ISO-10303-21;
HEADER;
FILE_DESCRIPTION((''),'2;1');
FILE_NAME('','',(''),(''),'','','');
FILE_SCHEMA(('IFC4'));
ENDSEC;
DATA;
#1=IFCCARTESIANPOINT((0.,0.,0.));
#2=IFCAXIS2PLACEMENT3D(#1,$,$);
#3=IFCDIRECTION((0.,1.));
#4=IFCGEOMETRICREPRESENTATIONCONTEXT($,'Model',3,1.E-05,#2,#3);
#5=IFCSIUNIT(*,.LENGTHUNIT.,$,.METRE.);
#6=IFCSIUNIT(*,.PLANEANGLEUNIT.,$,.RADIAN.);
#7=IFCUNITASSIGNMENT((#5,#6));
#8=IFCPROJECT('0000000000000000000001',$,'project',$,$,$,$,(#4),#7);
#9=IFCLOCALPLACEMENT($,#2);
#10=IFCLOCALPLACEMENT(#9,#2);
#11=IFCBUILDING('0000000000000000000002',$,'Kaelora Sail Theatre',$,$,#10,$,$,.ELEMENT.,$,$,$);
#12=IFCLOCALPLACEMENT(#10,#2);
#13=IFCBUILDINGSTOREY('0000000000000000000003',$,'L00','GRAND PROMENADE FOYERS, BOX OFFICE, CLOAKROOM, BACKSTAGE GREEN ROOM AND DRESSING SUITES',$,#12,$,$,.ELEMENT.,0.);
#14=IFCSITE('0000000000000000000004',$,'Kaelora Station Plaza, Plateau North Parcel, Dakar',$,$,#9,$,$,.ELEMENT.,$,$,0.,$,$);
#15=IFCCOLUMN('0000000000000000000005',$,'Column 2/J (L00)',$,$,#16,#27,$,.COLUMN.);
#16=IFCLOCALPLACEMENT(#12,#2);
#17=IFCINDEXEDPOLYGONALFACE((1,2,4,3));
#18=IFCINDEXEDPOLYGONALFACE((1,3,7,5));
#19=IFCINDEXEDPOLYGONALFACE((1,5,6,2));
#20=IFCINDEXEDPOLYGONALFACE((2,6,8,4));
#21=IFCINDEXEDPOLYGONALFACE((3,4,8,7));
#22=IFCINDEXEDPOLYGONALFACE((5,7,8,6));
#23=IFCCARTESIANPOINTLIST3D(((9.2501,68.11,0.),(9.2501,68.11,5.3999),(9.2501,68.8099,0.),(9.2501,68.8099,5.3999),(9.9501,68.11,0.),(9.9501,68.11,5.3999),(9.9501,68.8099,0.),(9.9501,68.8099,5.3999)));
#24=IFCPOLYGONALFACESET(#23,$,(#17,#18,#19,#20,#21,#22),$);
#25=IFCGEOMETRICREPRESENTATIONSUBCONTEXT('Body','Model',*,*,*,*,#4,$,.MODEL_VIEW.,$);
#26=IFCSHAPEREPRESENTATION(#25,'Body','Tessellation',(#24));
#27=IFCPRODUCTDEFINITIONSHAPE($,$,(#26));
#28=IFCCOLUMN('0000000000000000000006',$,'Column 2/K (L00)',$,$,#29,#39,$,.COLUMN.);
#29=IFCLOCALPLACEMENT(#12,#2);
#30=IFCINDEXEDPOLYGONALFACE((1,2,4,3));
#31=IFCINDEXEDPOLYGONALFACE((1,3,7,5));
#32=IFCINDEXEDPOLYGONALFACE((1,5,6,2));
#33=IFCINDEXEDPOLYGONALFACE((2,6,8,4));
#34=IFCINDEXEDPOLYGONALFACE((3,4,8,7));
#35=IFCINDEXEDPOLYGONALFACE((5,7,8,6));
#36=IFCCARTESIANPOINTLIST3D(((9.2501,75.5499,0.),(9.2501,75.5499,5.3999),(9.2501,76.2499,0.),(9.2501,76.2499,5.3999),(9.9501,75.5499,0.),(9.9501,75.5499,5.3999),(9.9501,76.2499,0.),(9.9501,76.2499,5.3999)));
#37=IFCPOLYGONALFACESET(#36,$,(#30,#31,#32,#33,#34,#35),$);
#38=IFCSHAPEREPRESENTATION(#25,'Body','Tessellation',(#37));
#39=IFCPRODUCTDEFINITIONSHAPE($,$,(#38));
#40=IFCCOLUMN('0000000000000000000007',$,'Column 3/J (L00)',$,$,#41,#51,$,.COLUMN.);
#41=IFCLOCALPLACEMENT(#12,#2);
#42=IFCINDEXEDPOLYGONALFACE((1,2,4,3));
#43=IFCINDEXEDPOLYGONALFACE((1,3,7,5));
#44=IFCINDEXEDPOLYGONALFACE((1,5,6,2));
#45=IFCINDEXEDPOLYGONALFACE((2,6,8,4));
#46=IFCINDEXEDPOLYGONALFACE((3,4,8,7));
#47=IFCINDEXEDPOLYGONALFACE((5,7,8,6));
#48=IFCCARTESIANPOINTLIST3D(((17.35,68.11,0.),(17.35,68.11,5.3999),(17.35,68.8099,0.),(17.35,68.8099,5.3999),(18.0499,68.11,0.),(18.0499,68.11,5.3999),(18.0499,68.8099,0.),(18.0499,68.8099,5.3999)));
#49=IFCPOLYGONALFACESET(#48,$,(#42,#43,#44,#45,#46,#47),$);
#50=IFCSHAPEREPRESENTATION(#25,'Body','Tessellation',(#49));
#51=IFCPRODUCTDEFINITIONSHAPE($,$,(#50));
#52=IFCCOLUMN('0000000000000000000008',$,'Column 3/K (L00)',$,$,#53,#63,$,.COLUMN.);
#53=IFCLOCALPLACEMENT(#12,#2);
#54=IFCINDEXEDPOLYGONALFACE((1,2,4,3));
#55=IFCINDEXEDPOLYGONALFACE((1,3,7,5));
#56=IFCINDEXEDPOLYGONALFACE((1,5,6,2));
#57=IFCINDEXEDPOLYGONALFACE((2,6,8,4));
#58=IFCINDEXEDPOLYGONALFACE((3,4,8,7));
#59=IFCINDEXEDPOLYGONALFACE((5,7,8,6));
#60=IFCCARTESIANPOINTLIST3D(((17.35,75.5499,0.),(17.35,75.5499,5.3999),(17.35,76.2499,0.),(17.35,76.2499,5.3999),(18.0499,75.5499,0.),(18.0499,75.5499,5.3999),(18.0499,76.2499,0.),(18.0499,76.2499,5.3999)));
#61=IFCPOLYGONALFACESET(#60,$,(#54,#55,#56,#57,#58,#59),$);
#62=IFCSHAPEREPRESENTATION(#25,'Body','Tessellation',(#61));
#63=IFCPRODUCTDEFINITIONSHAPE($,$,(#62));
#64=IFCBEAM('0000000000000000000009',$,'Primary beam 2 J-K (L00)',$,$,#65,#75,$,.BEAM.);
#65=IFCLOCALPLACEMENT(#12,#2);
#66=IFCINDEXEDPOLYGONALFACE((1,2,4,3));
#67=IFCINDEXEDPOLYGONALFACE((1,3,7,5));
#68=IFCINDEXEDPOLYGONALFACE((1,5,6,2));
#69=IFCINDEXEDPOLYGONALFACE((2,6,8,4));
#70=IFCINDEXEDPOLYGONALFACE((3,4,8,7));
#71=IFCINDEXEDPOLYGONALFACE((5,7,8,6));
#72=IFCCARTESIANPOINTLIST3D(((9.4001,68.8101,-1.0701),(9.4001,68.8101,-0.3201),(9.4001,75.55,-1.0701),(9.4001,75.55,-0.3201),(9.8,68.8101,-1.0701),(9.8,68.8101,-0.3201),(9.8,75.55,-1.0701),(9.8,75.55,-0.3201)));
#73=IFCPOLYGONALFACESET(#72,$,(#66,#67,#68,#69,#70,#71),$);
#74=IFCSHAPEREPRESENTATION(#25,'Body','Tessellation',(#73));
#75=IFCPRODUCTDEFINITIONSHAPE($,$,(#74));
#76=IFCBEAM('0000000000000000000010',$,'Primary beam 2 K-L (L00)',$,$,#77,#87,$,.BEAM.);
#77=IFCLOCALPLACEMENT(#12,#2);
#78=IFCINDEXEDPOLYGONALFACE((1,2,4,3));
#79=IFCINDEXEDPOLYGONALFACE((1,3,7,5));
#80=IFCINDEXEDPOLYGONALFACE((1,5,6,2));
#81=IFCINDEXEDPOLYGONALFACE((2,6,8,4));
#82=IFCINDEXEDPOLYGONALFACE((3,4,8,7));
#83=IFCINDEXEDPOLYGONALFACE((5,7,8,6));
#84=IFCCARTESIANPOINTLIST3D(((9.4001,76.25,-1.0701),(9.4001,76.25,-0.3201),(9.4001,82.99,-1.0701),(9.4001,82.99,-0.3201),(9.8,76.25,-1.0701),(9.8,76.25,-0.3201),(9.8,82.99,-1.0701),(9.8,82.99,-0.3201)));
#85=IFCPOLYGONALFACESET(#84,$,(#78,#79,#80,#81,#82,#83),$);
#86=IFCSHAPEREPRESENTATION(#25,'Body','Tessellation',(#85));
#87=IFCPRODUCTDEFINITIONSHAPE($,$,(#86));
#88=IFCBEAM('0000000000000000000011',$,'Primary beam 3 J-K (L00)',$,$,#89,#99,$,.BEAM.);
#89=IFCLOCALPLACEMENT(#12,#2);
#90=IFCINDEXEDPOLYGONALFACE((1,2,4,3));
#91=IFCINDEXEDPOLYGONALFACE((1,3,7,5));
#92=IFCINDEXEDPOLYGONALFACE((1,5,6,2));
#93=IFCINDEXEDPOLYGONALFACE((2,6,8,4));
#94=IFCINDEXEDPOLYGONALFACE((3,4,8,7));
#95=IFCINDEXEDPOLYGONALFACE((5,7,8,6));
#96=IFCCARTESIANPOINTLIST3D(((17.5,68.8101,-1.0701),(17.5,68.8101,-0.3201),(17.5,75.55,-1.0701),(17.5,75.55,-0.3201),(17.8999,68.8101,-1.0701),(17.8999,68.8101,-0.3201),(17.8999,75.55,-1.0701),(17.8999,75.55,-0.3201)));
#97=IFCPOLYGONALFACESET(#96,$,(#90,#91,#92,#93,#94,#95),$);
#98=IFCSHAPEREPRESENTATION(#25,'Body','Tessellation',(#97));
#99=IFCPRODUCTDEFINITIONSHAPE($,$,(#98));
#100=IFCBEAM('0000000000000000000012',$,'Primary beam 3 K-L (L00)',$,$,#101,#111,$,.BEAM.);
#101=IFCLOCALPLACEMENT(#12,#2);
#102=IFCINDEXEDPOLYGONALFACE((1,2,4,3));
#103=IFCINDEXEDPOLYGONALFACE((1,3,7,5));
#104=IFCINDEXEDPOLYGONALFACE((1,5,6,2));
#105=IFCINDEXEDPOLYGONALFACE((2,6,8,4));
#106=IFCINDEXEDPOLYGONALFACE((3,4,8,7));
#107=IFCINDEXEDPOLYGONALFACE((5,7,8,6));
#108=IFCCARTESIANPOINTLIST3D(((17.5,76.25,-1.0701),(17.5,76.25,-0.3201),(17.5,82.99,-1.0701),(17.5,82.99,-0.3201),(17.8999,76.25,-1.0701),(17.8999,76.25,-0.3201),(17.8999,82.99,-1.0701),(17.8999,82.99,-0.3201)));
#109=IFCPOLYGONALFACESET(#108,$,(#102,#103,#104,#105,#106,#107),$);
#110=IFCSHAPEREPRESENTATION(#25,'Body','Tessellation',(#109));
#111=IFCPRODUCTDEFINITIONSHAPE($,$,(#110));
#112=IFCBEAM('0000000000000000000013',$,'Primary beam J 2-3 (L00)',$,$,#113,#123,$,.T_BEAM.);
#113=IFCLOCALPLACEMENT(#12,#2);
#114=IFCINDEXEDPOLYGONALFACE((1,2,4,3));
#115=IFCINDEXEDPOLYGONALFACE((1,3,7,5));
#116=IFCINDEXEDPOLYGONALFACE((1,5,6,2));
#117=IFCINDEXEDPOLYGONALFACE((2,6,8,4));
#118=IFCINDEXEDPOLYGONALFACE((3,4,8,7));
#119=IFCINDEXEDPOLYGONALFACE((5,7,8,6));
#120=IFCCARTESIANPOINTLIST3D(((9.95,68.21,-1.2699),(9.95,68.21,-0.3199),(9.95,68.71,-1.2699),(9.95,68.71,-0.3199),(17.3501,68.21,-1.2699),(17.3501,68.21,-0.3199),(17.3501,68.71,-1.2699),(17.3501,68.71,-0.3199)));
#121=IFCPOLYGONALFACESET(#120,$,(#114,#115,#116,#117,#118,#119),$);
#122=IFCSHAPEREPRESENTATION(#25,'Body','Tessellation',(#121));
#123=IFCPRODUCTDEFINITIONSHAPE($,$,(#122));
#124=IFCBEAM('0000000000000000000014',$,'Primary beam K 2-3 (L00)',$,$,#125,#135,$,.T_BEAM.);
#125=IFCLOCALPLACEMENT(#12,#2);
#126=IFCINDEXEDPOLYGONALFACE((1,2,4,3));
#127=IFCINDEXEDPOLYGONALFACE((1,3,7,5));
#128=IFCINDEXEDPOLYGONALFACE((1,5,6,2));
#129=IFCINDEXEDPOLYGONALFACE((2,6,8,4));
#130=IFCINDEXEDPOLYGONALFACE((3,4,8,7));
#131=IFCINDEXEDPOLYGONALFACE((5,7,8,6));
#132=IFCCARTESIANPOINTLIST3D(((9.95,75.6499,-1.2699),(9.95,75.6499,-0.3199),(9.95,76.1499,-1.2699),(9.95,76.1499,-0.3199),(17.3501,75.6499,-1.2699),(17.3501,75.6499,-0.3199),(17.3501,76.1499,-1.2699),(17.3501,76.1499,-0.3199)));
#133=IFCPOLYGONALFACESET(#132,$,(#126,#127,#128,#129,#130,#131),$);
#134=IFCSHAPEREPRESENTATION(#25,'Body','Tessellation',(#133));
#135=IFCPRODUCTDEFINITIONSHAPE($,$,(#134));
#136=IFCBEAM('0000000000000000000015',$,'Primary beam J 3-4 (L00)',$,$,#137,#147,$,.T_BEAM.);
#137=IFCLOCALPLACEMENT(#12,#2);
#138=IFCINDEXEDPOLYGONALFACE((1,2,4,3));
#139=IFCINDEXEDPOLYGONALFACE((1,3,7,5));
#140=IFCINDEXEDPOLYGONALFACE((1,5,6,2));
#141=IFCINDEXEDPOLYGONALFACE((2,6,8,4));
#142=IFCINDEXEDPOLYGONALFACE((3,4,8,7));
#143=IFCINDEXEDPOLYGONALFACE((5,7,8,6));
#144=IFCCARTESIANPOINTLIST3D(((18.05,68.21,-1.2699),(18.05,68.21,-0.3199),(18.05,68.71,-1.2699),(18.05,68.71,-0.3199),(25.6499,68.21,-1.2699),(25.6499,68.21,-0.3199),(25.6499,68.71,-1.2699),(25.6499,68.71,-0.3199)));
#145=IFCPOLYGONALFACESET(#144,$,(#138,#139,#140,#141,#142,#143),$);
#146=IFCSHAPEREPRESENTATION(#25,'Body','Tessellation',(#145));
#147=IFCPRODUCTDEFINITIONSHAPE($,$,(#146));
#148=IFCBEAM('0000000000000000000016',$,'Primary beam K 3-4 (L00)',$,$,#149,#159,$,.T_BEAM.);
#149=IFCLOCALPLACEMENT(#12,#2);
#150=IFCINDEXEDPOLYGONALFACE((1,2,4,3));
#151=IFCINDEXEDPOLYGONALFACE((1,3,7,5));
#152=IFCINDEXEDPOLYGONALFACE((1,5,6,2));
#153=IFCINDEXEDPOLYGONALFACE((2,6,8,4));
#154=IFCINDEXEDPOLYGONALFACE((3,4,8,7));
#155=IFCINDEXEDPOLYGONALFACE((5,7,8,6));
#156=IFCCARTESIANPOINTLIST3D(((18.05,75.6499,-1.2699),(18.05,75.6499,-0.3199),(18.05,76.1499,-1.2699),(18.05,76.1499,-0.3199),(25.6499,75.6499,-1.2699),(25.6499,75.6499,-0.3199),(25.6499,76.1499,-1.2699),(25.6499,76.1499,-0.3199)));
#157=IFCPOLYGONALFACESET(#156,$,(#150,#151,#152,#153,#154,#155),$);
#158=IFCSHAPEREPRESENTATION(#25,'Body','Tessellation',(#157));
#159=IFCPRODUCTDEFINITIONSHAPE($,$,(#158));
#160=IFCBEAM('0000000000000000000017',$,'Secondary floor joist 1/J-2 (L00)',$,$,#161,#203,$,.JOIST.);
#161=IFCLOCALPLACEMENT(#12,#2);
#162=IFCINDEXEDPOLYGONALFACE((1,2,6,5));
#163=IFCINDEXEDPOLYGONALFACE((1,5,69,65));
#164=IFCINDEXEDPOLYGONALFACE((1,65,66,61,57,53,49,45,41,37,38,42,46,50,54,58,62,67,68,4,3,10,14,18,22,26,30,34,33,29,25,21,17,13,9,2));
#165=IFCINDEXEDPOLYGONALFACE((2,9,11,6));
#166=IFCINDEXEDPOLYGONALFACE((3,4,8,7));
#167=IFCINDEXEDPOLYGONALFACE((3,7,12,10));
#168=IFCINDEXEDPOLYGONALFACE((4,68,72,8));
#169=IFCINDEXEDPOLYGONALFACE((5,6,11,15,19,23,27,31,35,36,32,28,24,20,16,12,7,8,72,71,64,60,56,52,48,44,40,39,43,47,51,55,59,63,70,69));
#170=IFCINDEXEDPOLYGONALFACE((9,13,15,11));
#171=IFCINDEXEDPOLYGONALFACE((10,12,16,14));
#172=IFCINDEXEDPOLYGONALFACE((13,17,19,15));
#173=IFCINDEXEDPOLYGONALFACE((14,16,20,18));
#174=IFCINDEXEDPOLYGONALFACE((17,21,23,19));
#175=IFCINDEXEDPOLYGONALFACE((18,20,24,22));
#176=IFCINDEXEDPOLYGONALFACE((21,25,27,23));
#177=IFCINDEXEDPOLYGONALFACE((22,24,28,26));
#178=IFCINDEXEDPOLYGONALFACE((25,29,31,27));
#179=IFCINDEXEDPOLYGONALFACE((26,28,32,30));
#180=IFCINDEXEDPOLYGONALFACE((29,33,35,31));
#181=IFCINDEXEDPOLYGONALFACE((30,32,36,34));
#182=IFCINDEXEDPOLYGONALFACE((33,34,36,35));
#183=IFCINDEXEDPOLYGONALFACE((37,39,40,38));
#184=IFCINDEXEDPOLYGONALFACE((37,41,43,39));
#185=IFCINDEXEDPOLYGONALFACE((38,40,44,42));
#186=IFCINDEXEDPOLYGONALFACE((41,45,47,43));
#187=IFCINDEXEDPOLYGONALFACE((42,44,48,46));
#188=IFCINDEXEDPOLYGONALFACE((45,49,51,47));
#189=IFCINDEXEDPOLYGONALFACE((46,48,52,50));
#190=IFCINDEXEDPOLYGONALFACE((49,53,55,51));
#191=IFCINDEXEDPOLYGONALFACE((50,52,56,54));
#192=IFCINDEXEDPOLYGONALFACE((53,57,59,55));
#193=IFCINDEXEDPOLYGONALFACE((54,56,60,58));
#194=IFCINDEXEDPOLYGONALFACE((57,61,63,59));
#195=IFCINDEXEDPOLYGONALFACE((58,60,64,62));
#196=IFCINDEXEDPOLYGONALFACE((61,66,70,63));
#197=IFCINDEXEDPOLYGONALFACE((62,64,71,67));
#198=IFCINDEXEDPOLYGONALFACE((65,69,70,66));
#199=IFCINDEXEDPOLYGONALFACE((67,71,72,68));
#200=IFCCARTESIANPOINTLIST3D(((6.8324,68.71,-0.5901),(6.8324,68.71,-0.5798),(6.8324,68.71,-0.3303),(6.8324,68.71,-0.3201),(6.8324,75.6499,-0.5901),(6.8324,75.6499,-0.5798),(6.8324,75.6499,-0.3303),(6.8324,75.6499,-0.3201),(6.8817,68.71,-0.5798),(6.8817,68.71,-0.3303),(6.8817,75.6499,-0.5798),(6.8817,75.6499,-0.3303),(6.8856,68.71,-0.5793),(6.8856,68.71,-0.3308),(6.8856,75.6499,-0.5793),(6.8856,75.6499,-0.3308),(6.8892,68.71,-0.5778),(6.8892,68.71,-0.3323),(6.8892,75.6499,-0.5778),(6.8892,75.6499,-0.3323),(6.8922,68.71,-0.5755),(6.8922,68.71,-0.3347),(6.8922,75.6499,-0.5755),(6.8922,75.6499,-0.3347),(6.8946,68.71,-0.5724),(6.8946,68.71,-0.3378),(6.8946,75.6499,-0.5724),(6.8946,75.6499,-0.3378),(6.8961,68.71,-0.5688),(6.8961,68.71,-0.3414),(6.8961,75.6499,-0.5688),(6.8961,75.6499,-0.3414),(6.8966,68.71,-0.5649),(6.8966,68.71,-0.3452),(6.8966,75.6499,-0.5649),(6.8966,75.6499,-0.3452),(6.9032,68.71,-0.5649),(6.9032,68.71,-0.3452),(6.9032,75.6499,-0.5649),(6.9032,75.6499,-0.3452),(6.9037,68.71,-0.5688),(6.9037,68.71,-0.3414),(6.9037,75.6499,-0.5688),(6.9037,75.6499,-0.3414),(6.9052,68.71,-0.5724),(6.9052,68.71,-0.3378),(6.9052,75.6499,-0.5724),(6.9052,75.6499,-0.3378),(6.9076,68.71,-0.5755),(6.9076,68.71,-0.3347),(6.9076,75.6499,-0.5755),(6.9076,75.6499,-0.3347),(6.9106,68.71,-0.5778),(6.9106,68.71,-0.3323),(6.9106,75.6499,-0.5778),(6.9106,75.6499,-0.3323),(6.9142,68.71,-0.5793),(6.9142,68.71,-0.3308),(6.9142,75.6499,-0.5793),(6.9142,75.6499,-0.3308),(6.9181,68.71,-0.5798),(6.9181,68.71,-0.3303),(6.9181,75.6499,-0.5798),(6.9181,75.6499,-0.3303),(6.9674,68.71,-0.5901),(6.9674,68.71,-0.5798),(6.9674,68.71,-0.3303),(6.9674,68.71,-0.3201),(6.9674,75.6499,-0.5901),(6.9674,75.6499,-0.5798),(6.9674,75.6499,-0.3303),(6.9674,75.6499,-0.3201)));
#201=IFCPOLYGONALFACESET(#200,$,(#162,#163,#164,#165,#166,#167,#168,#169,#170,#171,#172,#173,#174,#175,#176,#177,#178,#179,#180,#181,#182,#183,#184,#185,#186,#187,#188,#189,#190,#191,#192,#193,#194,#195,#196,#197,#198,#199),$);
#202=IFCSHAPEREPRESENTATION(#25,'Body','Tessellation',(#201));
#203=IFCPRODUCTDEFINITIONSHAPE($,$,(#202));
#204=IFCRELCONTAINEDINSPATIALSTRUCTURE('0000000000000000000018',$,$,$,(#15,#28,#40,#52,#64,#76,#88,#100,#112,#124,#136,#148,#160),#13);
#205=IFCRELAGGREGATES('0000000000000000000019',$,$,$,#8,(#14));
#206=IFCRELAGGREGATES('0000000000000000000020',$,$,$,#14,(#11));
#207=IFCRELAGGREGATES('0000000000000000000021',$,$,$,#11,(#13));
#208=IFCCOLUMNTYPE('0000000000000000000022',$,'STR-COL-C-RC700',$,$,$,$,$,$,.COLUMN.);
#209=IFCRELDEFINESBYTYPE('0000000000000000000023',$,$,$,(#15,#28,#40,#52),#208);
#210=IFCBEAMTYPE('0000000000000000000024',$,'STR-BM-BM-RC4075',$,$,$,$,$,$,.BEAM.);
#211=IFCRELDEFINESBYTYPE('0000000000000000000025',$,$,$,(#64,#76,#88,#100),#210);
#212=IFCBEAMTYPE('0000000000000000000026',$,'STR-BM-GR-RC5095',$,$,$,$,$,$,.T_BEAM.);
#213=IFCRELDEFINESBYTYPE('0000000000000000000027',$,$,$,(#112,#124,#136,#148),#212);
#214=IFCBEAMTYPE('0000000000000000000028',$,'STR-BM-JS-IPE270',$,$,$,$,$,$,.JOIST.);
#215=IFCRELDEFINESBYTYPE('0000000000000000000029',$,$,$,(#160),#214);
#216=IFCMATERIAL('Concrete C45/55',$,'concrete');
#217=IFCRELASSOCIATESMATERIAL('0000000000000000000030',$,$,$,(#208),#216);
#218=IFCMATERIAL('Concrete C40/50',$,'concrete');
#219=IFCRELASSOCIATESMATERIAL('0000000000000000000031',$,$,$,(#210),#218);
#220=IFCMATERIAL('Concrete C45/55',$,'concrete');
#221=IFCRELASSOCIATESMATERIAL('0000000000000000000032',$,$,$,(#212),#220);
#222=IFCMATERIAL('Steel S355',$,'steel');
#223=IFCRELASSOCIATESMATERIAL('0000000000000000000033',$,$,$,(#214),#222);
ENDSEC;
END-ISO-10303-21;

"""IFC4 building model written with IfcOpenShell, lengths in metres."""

from ifc_helpers import new_model, si_unit, direction, frame, origin, origin_2d, place, context, subcontext, project, spatial, rectangle, i_section, extrude, material, material_profile, profile_set, type_object, element, save


model = new_model("IFC4")

# Units and contexts
model_context = context("Model", 3, precision=1e-05, world=origin(), true_north=direction((0.0, 1.0)))
body_context = subcontext(model_context, "Body", "Model", "MODEL_VIEW")
ifc_project = project(units=[si_unit("LENGTHUNIT", "METRE"), si_unit("PLANEANGLEUNIT", "RADIAN")], contexts=[model_context])

# Site, building, storey
site_placement = place(None, origin())
site = spatial("IfcSite", under=ifc_project, at=site_placement, Name="Kaelora Station Plaza, Plateau North Parcel, Dakar", CompositionType="ELEMENT", RefElevation=0.0)
building_placement = place(site_placement, origin())
building = spatial("IfcBuilding", under=site, at=building_placement, Name="Kaelora Sail Theatre", CompositionType="ELEMENT")
storey_placement = place(building_placement, origin())
storey = spatial("IfcBuildingStorey", under=building, at=storey_placement, Name="L00", Description="GRAND PROMENADE FOYERS, BOX OFFICE, CLOAKROOM, BACKSTAGE GREEN ROOM AND DRESSING SUITES", CompositionType="ELEMENT", Elevation=0.0)

# Columns
ifc_material_1 = material(Name="Concrete C45/55", Category="concrete")
ifc_material_profile_1 = material_profile(ifc_material_1, rectangle(XDim=0.7, YDim=0.7, at=origin_2d()), Name="RC-COL 700x700")
ifc_profile_set_1 = profile_set([ifc_material_profile_1], Name="Concrete C45/55")
column_type = type_object("IfcColumnType", Name="STR-COL-C-RC700", PredefinedType="COLUMN", material=ifc_profile_set_1)
for number, where, z_axis, x_axis, name in (
    (1, (9.6001, 68.46, 0.0), (0.0, 0.0, 1.0), (1.0, 0.0, 0.0), "Column 2/J (L00)"),
    (2, (9.6001, 75.8999, 0.0), (0.0, 0.0, 1.0), (1.0, 0.0, 0.0), "Column 2/K (L00)"),
    (3, (17.7, 68.46, 0.0), (0.0, 0.0, 1.0), (1.0, 0.0, 0.0), "Column 3/J (L00)"),
    (4, (17.7, 75.8999, 0.0), (0.0, 0.0, 1.0), (1.0, 0.0, 0.0), "Column 3/K (L00)"),
):
    element("IfcColumn", number, at=place(storey_placement, frame(where, z_axis=z_axis, x_axis=x_axis)), inside=storey, type_object=column_type, Name=name, PredefinedType="COLUMN", context=body_context, shape_type="SweptSolid", body=[
        extrude(rectangle(XDim=0.7, YDim=0.7, at=origin_2d()), origin(), (0.0, 0.0, 1.0), 5.3999),
    ])

# Beams
ifc_material_2 = material(Name="Concrete C40/50", Category="concrete")
ifc_material_profile_2 = material_profile(ifc_material_2, rectangle(XDim=0.3999, YDim=0.75, at=origin_2d()), Name="RC-BM 400x750")
ifc_profile_set_2 = profile_set([ifc_material_profile_2], Name="Concrete C40/50")
beam_type_1 = type_object("IfcBeamType", Name="STR-BM-BM-RC4075", PredefinedType="BEAM", material=ifc_profile_set_2)
for number, where, z_axis, x_axis, name in (
    (5, (9.6001, 68.8101, -0.6951), (0.0, 1.0, 0.0), (-1.0, 0.0, 0.0), "Primary beam 2 J-K (L00)"),
    (6, (9.6001, 76.25, -0.6951), (0.0, 1.0, 0.0), (-1.0, 0.0, 0.0), "Primary beam 2 K-L (L00)"),
    (7, (17.7, 68.8101, -0.6951), (0.0, 1.0, 0.0), (-1.0, 0.0, 0.0), "Primary beam 3 J-K (L00)"),
    (8, (17.7, 76.25, -0.6951), (0.0, 1.0, 0.0), (-1.0, 0.0, 0.0), "Primary beam 3 K-L (L00)"),
):
    element("IfcBeam", number, at=place(storey_placement, frame(where, z_axis=z_axis, x_axis=x_axis)), inside=storey, type_object=beam_type_1, Name=name, PredefinedType="BEAM", context=body_context, shape_type="SweptSolid", body=[
        extrude(rectangle(XDim=0.3999, YDim=0.75, at=origin_2d()), origin(), (0.0, 0.0, 1.0), 6.74),
    ])
ifc_material_3 = material(Name="Concrete C45/55", Category="concrete")
ifc_material_profile_3 = material_profile(ifc_material_3, rectangle(XDim=0.5, YDim=0.95, at=origin_2d()), Name="RC-GRD 500x950")
ifc_profile_set_3 = profile_set([ifc_material_profile_3], Name="Concrete C45/55")
beam_type_2 = type_object("IfcBeamType", Name="STR-BM-GR-RC5095", PredefinedType="T_BEAM", material=ifc_profile_set_3)
for number, where, z_axis, x_axis, name in (
    (9, (9.95, 68.46, -0.7949), (1.0, 0.0, 0.0), (0.0, 1.0, 0.0), "Primary beam J 2-3 (L00)"),
    (10, (9.95, 75.8999, -0.7949), (1.0, 0.0, 0.0), (0.0, 1.0, 0.0), "Primary beam K 2-3 (L00)"),
):
    element("IfcBeam", number, at=place(storey_placement, frame(where, z_axis=z_axis, x_axis=x_axis)), inside=storey, type_object=beam_type_2, Name=name, PredefinedType="T_BEAM", context=body_context, shape_type="SweptSolid", body=[
        extrude(rectangle(XDim=0.5, YDim=0.95, at=origin_2d()), origin(), (0.0, 0.0, 1.0), 7.4001),
    ])
for number, where, z_axis, x_axis, name in (
    (11, (18.05, 68.46, -0.7949), (1.0, 0.0, 0.0), (0.0, 1.0, 0.0), "Primary beam J 3-4 (L00)"),
    (12, (18.05, 75.8999, -0.7949), (1.0, 0.0, 0.0), (0.0, 1.0, 0.0), "Primary beam K 3-4 (L00)"),
):
    element("IfcBeam", number, at=place(storey_placement, frame(where, z_axis=z_axis, x_axis=x_axis)), inside=storey, type_object=beam_type_2, Name=name, PredefinedType="T_BEAM", context=body_context, shape_type="SweptSolid", body=[
        extrude(rectangle(XDim=0.5, YDim=0.95, at=origin_2d()), origin(), (0.0, 0.0, 1.0), 7.5999),
    ])
ifc_material_4 = material(Name="Steel S355", Category="steel")
ifc_material_profile_4 = material_profile(ifc_material_4, i_section(OverallWidth=0.135, OverallDepth=0.27, WebThickness=0.0066, FlangeThickness=0.0103, FilletRadius=0.0149, at=origin_2d()), Name="IPE 270")
ifc_profile_set_4 = profile_set([ifc_material_profile_4], Name="Steel S355")
beam_type_3 = type_object("IfcBeamType", Name="STR-BM-JS-IPE270", PredefinedType="JOIST", material=ifc_profile_set_4)
for number, where, z_axis, x_axis, name in (
    (13, (6.8999, 68.71, -0.4551), (0.0, 1.0, 0.0), (-1.0, 0.0, 0.0), "Secondary floor joist 1/J-2 (L00)"),
):
    element("IfcBeam", number, at=place(storey_placement, frame(where, z_axis=z_axis, x_axis=x_axis)), inside=storey, type_object=beam_type_3, Name=name, PredefinedType="JOIST", context=body_context, shape_type="SweptSolid", body=[
        extrude(i_section(OverallWidth=0.135, OverallDepth=0.27, WebThickness=0.0066, FlangeThickness=0.0103, FilletRadius=0.0149, at=origin_2d()), origin(), (0.0, 0.0, 1.0), 6.9399),
    ])

save(model, "model.ifc")
